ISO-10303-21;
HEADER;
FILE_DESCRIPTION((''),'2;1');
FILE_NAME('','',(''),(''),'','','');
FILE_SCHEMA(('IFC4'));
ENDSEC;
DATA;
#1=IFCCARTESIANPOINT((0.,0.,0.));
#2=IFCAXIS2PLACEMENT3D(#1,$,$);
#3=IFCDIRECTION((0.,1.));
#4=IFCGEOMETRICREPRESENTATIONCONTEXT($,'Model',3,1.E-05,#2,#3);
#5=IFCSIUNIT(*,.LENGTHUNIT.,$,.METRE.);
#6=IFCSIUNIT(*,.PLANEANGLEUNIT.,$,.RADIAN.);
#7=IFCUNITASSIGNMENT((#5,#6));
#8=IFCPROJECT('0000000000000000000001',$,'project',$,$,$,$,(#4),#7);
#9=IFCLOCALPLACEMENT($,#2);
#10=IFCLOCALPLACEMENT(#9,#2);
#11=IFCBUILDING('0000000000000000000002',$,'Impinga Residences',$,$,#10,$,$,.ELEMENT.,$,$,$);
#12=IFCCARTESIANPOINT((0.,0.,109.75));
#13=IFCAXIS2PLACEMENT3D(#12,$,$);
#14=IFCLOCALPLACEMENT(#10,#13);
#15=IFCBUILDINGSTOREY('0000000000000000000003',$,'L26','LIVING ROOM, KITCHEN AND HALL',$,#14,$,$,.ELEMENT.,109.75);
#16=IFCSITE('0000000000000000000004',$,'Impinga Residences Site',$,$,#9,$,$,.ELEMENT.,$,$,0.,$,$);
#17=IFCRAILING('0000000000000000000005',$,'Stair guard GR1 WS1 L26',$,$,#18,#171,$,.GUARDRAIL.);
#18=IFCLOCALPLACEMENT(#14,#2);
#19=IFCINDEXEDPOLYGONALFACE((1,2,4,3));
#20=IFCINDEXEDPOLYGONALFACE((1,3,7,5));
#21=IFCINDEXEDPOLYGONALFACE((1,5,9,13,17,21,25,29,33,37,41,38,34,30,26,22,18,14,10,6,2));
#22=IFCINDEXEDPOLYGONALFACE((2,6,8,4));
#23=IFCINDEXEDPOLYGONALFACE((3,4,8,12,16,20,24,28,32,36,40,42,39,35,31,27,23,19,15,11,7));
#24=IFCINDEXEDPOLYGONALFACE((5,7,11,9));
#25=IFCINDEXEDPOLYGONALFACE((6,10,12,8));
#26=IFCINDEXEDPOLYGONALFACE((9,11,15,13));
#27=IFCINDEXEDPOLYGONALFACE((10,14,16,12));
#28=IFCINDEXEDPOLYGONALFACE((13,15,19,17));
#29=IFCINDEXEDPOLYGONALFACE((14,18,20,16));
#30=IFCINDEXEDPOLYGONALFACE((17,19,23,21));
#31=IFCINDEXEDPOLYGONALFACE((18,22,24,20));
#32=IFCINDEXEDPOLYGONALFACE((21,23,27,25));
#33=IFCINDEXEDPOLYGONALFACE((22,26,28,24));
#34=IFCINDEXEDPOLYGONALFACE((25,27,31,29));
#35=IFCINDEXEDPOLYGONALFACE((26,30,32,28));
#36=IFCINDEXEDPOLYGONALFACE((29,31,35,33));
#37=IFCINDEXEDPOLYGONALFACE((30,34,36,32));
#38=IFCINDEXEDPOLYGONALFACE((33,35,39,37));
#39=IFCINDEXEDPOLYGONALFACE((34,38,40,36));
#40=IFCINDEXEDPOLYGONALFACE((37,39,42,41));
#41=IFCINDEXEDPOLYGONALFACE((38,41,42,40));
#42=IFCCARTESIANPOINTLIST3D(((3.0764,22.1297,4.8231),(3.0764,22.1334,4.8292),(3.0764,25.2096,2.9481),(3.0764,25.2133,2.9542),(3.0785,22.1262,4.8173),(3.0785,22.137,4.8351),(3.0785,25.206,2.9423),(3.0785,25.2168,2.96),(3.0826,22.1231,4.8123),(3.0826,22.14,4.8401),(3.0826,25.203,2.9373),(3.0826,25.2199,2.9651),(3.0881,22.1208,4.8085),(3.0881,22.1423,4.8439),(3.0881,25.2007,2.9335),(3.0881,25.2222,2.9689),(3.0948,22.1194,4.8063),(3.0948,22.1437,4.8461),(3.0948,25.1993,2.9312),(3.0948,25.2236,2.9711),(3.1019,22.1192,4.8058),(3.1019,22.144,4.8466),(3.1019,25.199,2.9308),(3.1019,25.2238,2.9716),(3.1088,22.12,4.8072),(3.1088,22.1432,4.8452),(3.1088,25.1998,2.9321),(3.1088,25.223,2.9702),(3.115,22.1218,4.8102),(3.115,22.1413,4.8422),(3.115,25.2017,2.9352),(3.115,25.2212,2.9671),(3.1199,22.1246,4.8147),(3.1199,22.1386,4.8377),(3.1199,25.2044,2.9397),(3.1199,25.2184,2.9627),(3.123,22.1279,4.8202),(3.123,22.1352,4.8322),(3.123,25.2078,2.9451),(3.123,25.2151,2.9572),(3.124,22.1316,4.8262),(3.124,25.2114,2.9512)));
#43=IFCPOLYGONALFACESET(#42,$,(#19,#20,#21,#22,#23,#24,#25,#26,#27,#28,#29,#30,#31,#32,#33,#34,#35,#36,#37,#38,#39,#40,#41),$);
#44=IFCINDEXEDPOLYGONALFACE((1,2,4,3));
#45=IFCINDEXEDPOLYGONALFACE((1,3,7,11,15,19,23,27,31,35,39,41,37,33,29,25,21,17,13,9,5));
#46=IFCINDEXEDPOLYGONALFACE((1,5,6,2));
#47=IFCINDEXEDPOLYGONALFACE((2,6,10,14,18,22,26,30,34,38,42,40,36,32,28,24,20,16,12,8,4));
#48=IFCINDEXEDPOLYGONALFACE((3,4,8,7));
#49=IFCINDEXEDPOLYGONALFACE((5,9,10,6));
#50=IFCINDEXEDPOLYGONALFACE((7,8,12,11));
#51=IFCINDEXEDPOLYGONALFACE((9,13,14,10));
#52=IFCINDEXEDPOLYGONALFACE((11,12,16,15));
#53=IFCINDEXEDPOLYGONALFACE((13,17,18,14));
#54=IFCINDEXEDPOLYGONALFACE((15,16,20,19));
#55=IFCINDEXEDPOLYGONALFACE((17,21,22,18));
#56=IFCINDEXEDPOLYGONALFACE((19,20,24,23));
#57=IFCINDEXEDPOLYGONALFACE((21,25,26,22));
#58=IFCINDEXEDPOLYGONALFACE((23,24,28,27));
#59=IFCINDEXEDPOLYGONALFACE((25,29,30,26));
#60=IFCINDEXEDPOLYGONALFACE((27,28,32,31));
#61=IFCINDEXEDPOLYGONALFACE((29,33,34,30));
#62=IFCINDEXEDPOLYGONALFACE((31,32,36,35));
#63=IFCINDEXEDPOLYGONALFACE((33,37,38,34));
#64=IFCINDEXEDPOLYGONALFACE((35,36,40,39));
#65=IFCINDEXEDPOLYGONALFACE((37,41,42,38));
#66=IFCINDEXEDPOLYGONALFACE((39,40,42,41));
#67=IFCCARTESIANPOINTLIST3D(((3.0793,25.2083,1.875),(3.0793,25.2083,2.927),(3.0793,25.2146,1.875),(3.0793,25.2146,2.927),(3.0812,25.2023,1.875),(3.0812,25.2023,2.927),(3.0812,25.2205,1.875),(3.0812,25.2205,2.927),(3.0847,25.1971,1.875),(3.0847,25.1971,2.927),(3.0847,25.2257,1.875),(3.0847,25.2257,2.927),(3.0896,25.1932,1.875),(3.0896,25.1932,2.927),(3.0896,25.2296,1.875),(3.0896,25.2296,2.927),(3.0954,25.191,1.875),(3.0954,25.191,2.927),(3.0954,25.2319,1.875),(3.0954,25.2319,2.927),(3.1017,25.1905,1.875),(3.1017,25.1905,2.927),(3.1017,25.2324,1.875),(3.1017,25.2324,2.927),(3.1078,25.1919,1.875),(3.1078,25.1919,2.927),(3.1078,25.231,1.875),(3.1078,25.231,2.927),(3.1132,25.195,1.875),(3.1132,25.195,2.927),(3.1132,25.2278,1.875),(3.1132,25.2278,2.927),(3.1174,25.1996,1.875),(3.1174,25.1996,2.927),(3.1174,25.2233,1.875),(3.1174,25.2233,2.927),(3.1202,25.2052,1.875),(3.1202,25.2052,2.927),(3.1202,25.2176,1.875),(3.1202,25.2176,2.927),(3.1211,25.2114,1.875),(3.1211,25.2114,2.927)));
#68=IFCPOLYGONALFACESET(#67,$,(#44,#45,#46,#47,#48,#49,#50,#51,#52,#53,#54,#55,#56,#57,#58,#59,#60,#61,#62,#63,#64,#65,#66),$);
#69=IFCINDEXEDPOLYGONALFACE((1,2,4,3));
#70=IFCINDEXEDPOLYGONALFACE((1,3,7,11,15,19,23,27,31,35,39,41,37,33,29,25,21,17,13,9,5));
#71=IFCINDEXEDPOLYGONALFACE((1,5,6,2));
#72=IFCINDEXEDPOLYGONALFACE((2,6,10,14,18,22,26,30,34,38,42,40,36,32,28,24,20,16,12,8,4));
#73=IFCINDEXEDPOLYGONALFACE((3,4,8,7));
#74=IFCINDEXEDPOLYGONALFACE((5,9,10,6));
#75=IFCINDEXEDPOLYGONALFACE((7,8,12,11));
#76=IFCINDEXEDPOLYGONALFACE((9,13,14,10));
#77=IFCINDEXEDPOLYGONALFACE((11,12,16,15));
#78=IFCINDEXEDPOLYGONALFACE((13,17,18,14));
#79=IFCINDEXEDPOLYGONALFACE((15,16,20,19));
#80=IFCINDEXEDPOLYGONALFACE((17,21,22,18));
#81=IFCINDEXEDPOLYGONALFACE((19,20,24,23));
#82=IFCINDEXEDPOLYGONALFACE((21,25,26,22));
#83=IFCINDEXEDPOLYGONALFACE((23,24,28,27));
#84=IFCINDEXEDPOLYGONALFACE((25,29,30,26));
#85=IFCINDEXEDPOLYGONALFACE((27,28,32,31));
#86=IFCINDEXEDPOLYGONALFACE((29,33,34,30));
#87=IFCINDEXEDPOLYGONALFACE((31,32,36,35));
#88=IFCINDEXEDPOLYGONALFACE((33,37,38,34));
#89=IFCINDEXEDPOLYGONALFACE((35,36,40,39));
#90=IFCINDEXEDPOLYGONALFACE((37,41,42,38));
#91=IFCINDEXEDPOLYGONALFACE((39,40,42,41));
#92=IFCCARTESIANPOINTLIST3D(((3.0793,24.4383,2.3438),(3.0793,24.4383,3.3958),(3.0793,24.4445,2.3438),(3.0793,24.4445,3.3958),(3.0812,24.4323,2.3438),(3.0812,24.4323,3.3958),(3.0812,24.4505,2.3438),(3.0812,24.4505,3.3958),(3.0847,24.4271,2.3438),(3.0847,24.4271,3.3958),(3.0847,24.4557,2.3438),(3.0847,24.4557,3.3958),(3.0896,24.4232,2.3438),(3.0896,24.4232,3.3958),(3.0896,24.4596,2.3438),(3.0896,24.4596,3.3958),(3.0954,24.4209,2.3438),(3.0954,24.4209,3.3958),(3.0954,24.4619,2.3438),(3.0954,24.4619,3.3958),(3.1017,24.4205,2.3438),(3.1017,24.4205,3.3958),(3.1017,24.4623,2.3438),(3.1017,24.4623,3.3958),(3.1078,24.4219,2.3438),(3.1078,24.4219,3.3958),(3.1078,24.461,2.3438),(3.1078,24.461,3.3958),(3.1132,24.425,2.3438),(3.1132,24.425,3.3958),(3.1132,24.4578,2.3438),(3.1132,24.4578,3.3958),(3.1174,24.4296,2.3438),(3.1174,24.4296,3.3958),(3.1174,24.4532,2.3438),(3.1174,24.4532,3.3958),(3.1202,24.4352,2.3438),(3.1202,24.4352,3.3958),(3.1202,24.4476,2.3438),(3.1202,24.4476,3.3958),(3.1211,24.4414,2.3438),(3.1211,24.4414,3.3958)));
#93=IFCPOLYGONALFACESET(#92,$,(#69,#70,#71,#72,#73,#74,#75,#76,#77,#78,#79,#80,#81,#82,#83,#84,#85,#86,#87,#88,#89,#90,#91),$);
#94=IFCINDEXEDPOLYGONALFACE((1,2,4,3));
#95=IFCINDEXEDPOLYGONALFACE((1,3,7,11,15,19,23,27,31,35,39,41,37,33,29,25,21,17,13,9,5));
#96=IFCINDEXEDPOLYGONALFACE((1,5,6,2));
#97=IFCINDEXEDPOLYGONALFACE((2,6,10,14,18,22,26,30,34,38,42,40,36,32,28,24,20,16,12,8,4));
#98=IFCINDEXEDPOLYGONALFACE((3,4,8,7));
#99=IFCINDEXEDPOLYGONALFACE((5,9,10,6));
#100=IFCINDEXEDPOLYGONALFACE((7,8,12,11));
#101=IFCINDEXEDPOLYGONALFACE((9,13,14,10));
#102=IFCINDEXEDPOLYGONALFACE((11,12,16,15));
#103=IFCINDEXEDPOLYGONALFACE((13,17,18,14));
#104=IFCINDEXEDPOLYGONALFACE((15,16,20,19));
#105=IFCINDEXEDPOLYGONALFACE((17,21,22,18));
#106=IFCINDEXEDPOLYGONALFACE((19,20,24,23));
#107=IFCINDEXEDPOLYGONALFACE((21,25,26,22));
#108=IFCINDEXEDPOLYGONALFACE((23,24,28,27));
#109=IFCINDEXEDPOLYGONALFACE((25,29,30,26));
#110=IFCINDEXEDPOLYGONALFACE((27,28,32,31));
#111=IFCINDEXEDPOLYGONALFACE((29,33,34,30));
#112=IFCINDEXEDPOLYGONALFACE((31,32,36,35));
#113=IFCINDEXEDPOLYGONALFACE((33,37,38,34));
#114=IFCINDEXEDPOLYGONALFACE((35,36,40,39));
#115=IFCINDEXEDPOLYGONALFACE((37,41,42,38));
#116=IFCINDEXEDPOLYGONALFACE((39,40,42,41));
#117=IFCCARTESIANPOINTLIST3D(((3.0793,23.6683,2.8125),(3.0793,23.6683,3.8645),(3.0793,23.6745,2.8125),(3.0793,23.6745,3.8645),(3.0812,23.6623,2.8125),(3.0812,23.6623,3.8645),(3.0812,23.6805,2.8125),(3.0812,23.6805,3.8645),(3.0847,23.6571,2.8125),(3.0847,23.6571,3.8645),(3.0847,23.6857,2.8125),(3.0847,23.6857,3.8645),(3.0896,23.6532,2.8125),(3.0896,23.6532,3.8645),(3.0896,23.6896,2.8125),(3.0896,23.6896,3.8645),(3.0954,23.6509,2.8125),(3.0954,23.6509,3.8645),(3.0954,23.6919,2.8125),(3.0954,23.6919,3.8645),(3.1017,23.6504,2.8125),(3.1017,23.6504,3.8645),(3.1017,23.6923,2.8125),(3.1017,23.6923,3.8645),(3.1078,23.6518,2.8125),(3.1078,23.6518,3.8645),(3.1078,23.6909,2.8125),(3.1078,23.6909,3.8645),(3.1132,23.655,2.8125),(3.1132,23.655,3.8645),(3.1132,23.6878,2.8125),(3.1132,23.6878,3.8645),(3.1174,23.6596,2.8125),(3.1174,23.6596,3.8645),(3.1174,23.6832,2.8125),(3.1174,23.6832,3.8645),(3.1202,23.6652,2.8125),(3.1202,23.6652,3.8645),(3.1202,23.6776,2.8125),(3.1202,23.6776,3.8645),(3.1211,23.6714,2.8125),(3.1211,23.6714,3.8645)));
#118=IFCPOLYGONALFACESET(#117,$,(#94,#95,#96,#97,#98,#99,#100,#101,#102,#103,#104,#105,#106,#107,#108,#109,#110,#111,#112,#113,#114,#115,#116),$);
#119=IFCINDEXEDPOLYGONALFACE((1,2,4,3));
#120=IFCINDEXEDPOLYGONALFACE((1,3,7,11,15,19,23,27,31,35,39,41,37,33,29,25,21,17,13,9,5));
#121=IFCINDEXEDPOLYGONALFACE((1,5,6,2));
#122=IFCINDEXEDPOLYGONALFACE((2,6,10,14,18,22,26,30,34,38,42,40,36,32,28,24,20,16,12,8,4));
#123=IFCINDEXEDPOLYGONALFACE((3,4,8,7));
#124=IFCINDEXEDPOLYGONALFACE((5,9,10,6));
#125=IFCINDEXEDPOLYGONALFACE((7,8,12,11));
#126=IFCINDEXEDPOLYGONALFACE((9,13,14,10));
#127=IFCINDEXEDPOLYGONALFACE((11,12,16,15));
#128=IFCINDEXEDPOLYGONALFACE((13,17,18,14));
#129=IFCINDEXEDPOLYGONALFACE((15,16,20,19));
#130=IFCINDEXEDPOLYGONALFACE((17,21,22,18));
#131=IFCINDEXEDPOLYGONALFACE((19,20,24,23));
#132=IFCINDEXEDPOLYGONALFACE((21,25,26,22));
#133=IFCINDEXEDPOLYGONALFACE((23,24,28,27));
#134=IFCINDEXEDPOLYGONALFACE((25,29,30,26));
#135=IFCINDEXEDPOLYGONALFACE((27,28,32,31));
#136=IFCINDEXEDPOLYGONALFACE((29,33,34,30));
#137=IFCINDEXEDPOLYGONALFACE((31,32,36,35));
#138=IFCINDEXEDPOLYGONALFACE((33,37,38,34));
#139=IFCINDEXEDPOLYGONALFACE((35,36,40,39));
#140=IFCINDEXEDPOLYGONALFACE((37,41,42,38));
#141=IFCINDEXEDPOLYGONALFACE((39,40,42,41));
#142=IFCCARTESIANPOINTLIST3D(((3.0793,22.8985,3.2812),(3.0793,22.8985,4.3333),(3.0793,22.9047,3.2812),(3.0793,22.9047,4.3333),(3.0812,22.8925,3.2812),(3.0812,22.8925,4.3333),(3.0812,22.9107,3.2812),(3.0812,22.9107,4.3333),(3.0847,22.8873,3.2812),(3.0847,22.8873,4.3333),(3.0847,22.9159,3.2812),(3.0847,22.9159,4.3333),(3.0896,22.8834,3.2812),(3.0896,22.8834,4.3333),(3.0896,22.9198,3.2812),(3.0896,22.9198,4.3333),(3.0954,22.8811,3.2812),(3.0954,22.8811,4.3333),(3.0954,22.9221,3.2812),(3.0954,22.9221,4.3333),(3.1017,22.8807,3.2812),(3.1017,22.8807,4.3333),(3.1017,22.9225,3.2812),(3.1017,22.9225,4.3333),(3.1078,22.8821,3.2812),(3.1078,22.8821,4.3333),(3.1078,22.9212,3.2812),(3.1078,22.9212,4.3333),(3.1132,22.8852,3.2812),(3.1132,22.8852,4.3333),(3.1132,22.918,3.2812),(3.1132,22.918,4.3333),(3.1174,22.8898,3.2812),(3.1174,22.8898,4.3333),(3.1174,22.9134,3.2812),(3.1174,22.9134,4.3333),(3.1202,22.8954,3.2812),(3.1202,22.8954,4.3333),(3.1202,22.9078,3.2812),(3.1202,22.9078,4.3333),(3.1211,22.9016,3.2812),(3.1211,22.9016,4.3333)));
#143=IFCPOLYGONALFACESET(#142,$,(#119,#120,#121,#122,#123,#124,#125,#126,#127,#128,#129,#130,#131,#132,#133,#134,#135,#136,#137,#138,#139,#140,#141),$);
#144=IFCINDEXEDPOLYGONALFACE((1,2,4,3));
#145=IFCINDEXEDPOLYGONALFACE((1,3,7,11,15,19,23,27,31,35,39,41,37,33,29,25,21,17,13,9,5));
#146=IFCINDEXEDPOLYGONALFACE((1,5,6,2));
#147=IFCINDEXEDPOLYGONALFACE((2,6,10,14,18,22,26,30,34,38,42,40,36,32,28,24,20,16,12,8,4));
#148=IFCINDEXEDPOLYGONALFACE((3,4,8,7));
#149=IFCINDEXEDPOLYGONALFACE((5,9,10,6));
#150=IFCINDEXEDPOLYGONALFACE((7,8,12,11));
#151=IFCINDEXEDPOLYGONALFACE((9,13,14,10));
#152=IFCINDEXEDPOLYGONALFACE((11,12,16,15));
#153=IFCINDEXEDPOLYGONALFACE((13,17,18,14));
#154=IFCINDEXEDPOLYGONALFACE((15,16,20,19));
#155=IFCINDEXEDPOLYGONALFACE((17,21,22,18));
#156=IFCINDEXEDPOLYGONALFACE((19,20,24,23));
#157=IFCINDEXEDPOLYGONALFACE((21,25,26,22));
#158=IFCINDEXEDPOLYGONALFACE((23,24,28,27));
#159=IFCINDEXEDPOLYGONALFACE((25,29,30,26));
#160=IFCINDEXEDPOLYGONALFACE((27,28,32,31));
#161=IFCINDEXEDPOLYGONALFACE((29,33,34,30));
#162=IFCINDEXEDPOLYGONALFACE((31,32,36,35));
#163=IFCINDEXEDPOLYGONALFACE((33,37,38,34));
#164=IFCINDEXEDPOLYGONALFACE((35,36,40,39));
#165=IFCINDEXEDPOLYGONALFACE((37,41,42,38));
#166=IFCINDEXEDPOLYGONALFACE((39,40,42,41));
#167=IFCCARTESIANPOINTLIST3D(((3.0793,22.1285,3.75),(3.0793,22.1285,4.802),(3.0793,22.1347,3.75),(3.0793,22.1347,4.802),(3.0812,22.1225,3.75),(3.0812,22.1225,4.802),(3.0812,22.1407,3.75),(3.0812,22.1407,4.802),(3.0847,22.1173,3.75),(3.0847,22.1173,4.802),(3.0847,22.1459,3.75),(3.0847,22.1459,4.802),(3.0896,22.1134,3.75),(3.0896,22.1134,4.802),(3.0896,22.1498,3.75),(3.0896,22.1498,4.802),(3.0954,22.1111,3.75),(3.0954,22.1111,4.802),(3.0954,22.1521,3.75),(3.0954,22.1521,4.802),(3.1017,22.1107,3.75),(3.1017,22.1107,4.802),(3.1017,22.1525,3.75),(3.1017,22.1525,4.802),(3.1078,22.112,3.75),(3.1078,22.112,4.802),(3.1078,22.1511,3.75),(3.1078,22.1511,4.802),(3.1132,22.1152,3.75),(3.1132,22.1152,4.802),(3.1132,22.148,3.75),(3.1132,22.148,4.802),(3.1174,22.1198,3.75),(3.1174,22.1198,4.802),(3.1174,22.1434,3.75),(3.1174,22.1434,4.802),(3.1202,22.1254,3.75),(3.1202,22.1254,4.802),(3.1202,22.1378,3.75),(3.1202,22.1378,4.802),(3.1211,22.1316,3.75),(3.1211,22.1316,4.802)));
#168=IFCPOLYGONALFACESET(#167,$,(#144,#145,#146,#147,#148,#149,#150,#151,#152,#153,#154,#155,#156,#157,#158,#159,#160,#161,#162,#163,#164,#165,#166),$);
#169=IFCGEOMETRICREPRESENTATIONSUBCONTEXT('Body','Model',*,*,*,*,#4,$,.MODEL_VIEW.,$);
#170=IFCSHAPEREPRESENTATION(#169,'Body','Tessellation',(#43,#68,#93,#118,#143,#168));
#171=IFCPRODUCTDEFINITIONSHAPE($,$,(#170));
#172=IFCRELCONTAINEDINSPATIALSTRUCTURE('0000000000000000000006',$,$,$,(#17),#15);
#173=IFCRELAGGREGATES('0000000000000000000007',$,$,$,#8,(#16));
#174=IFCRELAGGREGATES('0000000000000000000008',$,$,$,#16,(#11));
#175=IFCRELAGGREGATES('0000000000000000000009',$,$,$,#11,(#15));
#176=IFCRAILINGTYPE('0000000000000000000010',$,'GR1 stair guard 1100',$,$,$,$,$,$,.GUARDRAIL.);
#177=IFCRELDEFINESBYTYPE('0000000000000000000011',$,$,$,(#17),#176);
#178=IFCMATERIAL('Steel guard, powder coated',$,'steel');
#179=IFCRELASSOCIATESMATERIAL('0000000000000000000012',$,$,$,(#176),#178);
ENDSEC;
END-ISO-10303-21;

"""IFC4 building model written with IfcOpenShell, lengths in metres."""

from ifc_helpers import new_model, si_unit, direction, frame, origin, origin_2d, place, context, subcontext, project, spatial, circle, extrude, material, type_object, element, save


model = new_model("IFC4")

# Units and contexts
model_context = context("Model", 3, precision=1e-05, world=origin(), true_north=direction((0.0, 1.0)))
body_context = subcontext(model_context, "Body", "Model", "MODEL_VIEW")
ifc_project = project(units=[si_unit("LENGTHUNIT", "METRE"), si_unit("PLANEANGLEUNIT", "RADIAN")], contexts=[model_context])

# Site, building, storey
site_placement = place(None, origin())
site = spatial("IfcSite", under=ifc_project, at=site_placement, Name="Impinga Residences Site", CompositionType="ELEMENT", RefElevation=0.0)
building_placement = place(site_placement, origin())
building = spatial("IfcBuilding", under=site, at=building_placement, Name="Impinga Residences", CompositionType="ELEMENT")
storey_placement = place(building_placement, frame((0.0, 0.0, 109.75)))
storey = spatial("IfcBuildingStorey", under=building, at=storey_placement, Name="L26", Description="LIVING ROOM, KITCHEN AND HALL", CompositionType="ELEMENT", Elevation=109.75)

# Railing
ifc_material_1 = material(Name="Steel guard, powder coated", Category="steel")
railing_type_1 = type_object("IfcRailingType", Name="GR1 stair guard 1100", PredefinedType="GUARDRAIL", material=ifc_material_1)
railing_1_placement = place(storey_placement, frame((3.1001, 25.2114, 1.875)))
element("IfcRailing", 1, at=railing_1_placement, inside=storey, type_object=railing_type_1, Name="Stair guard GR1 WS1 L26", PredefinedType="GUARDRAIL", context=body_context, shape_type="SweptSolid", body=[
    extrude(circle(Radius=0.0239, at=origin_2d()), frame((0.0, 0.0, 1.0762), z_axis=(0.0, -0.854159, 0.520011), x_axis=(1.0, 0.0, 0.0)), (0.0, 0.0, 1.0), 3.6057),
    extrude(circle(Radius=0.021, at=origin_2d()), origin(), (0.0, 0.0, 1.0), 1.052),
    extrude(circle(Radius=0.021, at=origin_2d()), frame((0.0, -0.77, 0.4688)), (0.0, 0.0, 1.0), 1.052),
    extrude(circle(Radius=0.021, at=origin_2d()), frame((0.0, -1.54, 0.9375)), (0.0, 0.0, 1.0), 1.052),
    extrude(circle(Radius=0.021, at=origin_2d()), frame((0.0, -2.3098, 1.4062)), (0.0, 0.0, 1.0), 1.052),
    extrude(circle(Radius=0.021, at=origin_2d()), frame((0.0, -3.0798, 1.875)), (0.0, 0.0, 1.0), 1.052),
])

save(model, "model.ifc")
